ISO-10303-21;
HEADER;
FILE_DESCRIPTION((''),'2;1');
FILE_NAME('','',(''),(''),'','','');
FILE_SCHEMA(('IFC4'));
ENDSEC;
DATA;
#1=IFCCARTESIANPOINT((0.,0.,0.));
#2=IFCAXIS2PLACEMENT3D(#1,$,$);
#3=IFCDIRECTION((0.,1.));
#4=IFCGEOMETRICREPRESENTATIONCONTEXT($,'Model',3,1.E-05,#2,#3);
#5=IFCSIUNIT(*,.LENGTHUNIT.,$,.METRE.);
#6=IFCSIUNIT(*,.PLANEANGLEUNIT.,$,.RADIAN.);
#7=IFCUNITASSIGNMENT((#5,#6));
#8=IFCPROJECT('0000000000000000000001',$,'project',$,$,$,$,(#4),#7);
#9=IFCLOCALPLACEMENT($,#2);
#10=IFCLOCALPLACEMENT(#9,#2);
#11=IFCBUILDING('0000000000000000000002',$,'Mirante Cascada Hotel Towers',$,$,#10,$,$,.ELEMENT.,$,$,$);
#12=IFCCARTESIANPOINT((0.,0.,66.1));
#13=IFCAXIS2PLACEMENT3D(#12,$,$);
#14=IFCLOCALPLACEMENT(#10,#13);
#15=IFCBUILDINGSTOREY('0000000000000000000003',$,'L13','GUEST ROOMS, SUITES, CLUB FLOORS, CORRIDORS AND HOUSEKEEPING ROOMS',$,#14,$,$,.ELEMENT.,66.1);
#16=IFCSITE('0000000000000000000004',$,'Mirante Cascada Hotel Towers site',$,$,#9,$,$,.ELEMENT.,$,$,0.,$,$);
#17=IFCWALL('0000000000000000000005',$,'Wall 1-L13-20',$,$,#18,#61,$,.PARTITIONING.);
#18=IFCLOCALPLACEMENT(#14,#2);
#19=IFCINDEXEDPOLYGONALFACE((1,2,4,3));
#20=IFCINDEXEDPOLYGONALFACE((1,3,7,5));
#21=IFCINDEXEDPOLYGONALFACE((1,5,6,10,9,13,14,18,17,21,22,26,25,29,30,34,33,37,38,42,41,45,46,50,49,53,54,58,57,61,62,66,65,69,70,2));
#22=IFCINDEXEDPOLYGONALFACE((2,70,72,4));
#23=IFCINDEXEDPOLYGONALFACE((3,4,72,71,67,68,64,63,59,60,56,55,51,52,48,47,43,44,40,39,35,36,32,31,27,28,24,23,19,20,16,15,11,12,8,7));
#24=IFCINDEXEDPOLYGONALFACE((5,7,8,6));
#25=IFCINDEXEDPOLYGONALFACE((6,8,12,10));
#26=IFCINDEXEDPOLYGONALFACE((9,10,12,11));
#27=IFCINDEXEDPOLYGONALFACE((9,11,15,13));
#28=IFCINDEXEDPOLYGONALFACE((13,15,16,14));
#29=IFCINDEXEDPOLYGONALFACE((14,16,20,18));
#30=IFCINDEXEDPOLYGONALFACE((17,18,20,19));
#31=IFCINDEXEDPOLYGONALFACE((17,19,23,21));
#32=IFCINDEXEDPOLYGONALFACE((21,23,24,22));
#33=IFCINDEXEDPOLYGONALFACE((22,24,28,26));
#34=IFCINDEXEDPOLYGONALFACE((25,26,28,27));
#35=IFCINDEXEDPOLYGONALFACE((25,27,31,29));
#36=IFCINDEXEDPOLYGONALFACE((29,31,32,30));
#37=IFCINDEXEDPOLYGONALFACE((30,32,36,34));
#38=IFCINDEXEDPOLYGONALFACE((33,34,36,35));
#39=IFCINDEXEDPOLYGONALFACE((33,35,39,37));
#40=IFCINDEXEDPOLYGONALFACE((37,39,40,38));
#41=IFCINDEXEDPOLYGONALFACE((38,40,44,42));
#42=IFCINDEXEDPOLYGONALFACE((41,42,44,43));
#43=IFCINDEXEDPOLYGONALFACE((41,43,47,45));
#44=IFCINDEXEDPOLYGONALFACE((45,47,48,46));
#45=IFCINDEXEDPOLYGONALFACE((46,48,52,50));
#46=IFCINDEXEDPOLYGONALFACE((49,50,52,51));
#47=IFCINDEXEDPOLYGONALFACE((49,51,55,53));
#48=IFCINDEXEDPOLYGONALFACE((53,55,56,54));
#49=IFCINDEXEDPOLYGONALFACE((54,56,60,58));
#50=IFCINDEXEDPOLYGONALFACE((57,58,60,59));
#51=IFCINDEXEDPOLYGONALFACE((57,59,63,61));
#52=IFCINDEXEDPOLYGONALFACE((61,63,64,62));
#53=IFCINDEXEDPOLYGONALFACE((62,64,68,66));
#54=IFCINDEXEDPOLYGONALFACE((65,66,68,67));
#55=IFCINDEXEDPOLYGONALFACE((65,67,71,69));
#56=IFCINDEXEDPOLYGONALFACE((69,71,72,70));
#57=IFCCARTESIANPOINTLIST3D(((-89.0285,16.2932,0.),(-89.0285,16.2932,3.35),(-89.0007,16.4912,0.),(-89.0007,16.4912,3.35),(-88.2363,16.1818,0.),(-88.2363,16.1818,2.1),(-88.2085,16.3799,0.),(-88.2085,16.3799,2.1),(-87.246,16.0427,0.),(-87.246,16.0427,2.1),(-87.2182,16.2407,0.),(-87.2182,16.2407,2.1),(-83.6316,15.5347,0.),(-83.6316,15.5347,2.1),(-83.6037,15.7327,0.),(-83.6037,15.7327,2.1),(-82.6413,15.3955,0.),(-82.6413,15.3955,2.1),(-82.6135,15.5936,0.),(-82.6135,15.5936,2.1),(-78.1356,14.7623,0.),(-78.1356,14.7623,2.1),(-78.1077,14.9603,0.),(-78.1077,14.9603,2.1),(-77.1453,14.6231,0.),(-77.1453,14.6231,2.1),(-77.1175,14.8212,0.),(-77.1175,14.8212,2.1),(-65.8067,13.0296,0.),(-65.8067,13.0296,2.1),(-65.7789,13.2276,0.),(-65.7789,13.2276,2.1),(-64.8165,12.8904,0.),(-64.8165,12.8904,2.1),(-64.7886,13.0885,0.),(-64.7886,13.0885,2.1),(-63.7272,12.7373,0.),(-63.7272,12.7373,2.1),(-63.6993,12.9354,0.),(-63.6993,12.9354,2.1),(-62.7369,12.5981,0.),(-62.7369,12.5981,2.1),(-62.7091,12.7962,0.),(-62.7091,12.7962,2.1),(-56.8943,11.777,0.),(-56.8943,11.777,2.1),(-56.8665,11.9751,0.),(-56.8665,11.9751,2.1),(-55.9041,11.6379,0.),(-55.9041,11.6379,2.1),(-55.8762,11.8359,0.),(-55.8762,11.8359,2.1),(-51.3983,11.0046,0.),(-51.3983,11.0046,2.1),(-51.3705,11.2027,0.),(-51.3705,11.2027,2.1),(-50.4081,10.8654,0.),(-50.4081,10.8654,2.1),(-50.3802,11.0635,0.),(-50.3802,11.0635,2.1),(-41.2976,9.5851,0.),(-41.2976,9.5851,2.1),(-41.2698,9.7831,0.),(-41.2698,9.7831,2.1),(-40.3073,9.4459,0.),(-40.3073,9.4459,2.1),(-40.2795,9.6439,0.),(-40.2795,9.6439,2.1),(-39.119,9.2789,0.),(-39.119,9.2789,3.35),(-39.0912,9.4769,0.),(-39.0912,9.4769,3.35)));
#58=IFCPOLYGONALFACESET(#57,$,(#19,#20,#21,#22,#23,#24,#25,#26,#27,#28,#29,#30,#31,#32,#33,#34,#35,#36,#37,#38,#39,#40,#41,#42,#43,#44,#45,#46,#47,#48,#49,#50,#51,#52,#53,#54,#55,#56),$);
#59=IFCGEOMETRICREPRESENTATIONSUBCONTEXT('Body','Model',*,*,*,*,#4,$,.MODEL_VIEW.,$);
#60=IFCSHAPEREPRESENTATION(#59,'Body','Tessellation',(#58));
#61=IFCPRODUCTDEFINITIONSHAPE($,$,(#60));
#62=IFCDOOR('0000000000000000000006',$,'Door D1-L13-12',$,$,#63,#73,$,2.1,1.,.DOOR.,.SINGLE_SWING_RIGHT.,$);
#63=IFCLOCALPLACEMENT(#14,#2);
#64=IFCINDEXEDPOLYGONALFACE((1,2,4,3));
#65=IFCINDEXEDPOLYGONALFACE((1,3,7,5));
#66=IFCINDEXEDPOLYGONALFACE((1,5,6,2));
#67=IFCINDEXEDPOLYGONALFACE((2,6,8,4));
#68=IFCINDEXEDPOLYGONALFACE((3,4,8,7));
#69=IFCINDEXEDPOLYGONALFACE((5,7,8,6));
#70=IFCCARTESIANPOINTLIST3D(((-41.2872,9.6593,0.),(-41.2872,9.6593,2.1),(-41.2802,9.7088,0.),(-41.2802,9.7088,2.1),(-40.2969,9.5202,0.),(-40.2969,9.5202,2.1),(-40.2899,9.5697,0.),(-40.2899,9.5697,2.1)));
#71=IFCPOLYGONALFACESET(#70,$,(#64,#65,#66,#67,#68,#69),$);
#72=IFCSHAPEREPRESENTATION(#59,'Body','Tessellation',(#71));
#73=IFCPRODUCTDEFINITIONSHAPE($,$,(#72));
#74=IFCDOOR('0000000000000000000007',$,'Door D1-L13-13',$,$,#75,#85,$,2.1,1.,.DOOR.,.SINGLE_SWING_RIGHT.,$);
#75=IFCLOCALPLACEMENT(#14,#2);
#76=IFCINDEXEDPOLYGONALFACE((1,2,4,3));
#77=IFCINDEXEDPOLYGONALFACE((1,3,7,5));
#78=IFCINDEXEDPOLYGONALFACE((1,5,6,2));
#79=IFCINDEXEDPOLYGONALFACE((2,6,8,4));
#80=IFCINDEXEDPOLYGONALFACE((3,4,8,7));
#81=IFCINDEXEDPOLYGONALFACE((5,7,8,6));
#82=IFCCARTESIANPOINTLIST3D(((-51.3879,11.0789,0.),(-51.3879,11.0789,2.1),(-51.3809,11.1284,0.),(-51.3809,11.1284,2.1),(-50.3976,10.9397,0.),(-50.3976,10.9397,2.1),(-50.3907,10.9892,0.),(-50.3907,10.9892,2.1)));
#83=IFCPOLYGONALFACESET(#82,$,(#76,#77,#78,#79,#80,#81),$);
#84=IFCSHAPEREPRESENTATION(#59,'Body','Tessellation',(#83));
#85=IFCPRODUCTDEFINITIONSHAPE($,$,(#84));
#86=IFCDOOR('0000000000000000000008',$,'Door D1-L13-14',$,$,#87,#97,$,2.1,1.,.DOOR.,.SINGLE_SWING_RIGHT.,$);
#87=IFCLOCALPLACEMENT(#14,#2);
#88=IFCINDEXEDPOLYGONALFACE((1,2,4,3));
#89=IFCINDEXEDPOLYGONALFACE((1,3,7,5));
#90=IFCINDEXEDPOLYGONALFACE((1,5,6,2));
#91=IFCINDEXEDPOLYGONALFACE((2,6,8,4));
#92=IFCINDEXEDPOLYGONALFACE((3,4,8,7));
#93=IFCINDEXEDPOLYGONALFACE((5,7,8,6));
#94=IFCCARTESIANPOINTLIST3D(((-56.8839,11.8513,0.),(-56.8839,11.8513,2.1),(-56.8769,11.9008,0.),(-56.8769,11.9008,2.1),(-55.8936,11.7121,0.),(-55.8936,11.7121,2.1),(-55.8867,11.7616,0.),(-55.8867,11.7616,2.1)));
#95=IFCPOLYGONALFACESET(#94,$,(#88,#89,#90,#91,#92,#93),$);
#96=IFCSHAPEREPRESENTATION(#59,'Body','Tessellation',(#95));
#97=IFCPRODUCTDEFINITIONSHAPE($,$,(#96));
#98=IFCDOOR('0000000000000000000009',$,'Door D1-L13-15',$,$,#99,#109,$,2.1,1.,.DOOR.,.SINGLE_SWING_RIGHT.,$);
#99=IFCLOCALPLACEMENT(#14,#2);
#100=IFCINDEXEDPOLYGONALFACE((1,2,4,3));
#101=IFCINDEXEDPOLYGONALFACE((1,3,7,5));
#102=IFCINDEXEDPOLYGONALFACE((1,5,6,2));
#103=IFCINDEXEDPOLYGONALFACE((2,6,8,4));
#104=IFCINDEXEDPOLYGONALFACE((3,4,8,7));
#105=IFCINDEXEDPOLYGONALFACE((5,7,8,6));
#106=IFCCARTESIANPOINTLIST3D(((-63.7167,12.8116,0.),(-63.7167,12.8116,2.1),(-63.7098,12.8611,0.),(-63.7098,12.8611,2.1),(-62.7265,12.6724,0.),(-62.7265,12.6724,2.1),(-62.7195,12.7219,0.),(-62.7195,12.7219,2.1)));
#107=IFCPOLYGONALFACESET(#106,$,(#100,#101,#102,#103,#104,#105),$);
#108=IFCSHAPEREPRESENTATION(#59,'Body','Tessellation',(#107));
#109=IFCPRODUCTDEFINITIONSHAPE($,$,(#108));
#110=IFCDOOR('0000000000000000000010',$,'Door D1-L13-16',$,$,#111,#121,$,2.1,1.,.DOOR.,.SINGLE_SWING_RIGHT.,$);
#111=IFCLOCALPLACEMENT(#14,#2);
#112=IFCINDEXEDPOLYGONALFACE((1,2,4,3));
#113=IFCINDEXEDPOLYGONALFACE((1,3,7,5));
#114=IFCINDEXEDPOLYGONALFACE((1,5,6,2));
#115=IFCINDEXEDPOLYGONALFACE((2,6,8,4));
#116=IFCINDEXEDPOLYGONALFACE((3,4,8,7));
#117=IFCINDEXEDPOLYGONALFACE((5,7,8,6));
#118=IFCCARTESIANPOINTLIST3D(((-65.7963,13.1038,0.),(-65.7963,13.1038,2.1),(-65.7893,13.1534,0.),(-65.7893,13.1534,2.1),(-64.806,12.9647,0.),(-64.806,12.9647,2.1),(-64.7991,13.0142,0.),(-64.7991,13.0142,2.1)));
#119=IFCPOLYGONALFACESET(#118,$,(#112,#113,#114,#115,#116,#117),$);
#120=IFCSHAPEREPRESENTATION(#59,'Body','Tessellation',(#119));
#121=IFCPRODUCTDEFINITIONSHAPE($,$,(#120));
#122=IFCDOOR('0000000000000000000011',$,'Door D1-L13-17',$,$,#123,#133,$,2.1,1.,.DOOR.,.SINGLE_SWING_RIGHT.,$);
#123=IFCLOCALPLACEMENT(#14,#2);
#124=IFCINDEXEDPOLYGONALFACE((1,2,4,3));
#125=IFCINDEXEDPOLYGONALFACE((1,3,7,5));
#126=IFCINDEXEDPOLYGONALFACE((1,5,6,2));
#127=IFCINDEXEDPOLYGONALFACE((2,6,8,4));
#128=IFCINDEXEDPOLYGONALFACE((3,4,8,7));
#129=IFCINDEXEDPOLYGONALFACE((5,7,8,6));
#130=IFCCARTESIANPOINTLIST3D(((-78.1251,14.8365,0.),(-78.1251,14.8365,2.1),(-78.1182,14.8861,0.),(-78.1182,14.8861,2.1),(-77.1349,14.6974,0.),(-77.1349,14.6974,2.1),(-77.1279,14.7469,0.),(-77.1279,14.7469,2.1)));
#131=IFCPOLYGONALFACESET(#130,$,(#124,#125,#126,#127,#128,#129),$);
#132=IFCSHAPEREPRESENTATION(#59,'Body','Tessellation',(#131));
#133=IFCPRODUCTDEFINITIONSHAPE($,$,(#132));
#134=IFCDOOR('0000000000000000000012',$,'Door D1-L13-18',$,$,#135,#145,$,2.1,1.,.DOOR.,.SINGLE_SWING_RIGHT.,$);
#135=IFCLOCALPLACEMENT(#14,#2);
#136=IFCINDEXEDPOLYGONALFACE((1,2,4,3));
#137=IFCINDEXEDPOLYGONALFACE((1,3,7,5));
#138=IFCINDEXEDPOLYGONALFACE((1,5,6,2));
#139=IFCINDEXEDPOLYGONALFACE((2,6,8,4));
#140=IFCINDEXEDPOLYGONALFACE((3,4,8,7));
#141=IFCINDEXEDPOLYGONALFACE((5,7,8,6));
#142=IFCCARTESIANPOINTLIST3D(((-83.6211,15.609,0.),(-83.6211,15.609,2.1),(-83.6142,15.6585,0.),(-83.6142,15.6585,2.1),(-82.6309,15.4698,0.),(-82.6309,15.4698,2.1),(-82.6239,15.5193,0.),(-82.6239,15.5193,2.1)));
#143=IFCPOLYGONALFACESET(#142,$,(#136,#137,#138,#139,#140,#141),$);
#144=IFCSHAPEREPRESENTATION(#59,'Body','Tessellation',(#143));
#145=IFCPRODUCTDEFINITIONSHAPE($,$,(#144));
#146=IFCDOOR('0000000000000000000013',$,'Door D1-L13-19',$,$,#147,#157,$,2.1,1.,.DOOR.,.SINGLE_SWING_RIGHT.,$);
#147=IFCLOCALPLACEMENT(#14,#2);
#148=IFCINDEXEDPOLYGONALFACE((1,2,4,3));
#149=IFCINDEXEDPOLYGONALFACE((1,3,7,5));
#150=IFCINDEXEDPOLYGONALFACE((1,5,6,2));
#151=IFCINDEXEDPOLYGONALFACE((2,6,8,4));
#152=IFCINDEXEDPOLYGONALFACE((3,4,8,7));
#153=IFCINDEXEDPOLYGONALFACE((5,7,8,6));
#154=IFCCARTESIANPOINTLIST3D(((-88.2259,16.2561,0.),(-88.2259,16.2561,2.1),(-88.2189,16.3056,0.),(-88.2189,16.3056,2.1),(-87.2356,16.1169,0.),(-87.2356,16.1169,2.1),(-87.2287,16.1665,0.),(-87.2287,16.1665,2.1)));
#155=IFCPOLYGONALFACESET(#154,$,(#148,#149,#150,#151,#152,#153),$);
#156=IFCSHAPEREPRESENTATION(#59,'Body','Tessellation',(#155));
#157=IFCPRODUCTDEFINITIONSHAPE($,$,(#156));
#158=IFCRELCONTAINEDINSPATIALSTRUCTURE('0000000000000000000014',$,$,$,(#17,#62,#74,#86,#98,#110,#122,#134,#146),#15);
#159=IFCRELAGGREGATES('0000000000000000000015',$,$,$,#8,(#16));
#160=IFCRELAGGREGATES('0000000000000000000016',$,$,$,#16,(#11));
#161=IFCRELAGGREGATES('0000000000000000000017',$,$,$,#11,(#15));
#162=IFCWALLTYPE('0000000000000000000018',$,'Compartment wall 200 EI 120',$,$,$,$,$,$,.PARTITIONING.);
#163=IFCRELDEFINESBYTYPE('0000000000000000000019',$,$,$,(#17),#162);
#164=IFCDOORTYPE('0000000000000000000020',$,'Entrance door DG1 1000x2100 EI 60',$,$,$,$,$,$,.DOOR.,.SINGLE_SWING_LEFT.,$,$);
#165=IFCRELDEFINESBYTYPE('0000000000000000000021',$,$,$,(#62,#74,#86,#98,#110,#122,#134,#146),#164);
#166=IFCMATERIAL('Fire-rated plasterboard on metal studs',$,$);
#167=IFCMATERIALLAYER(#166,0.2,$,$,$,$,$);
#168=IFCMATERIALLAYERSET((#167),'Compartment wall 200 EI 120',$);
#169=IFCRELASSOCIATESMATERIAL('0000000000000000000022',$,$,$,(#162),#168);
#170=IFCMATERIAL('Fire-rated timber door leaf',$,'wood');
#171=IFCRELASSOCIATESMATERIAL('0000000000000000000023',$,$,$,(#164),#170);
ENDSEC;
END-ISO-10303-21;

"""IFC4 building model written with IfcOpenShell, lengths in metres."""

from ifc_helpers import new_model, si_unit, direction, frame, frame_2d, origin, place, context, subcontext, project, spatial, rectangle, extrude, material, layer, layer_set, type_object, element, fill, save


model = new_model("IFC4")

# Units and contexts
model_context = context("Model", 3, precision=1e-05, world=origin(), true_north=direction((0.0, 1.0)))
body_context = subcontext(model_context, "Body", "Model", "MODEL_VIEW")
ifc_project = project(units=[si_unit("LENGTHUNIT", "METRE"), si_unit("PLANEANGLEUNIT", "RADIAN")], contexts=[model_context])

# Site, building, storey
site_placement = place(None, origin())
site = spatial("IfcSite", under=ifc_project, at=site_placement, Name="Mirante Cascada Hotel Towers site", CompositionType="ELEMENT", RefElevation=0.0)
building_placement = place(site_placement, origin())
building = spatial("IfcBuilding", under=site, at=building_placement, Name="Mirante Cascada Hotel Towers", CompositionType="ELEMENT")
storey_placement = place(building_placement, frame((0.0, 0.0, 66.1)))
storey = spatial("IfcBuildingStorey", under=building, at=storey_placement, Name="L13", Description="GUEST ROOMS, SUITES, CLUB FLOORS, CORRIDORS AND HOUSEKEEPING ROOMS", CompositionType="ELEMENT", Elevation=66.1)

# Wall, openings, doors
ifc_material_1 = material(Name="Fire-rated plasterboard on metal studs")
ifc_layer_1 = layer(ifc_material_1, 0.2)
ifc_layer_set_1 = layer_set([ifc_layer_1], Name="Compartment wall 200 EI 120")
wall_type_1 = type_object("IfcWallType", Name="Compartment wall 200 EI 120", PredefinedType="PARTITIONING", material=ifc_layer_set_1)
wall_1_placement = place(storey_placement, frame((-39.1051, 9.3779, 0.0), z_axis=(0.0, 0.0, 1.0), x_axis=(-0.990268, 0.139173, 0.0)))
wall_1 = element("IfcWall", 1, at=wall_1_placement, inside=storey, type_object=wall_type_1, Name="Wall 1-L13-20", PredefinedType="PARTITIONING", context=body_context, shape_type="SweptSolid", body=[
    extrude(rectangle(XDim=50.4, YDim=0.2, at=frame_2d((25.2, 0.0))), origin(), (0.0, 0.0, 1.0), 3.35),
])
opening_1_placement = place(wall_1_placement, frame((1.2, 0.0, 0.0)))
opening_1 = element("IfcOpeningElement", 2, at=opening_1_placement, cuts=wall_1, PredefinedType="OPENING", context=body_context, shape_type="SweptSolid", body=[
    extrude(rectangle(XDim=1.0, YDim=2.1, at=frame_2d((0.5, 1.05))), frame((0.0, 0.1, 0.0), z_axis=(0.0, -1.0, 0.0), x_axis=(1.0, 0.0, 0.0)), (0.0, 0.0, 1.0), 0.2),
])
opening_2_placement = place(wall_1_placement, frame((11.4, 0.0, 0.0)))
opening_2 = element("IfcOpeningElement", 3, at=opening_2_placement, cuts=wall_1, PredefinedType="OPENING", context=body_context, shape_type="SweptSolid", body=[
    extrude(rectangle(XDim=1.0, YDim=2.1, at=frame_2d((0.5, 1.05))), frame((0.0, 0.1, 0.0), z_axis=(0.0, -1.0, 0.0), x_axis=(1.0, 0.0, 0.0)), (0.0, 0.0, 1.0), 0.2),
])
opening_3_placement = place(wall_1_placement, frame((16.95, 0.0, 0.0)))
opening_3 = element("IfcOpeningElement", 4, at=opening_3_placement, cuts=wall_1, PredefinedType="OPENING", context=body_context, shape_type="SweptSolid", body=[
    extrude(rectangle(XDim=1.0, YDim=2.1, at=frame_2d((0.5, 1.05))), frame((0.0, 0.1, 0.0), z_axis=(0.0, -1.0, 0.0), x_axis=(1.0, 0.0, 0.0)), (0.0, 0.0, 1.0), 0.2),
])
opening_4_placement = place(wall_1_placement, frame((23.85, 0.0, 0.0)))
opening_4 = element("IfcOpeningElement", 5, at=opening_4_placement, cuts=wall_1, PredefinedType="OPENING", context=body_context, shape_type="SweptSolid", body=[
    extrude(rectangle(XDim=1.0, YDim=2.1, at=frame_2d((0.5, 1.05))), frame((0.0, 0.1, 0.0), z_axis=(0.0, -1.0, 0.0), x_axis=(1.0, 0.0, 0.0)), (0.0, 0.0, 1.0), 0.2),
])
opening_5_placement = place(wall_1_placement, frame((25.95, 0.0, 0.0)))
opening_5 = element("IfcOpeningElement", 6, at=opening_5_placement, cuts=wall_1, PredefinedType="OPENING", context=body_context, shape_type="SweptSolid", body=[
    extrude(rectangle(XDim=1.0, YDim=2.1, at=frame_2d((0.5, 1.05))), frame((0.0, 0.1, 0.0), z_axis=(0.0, -1.0, 0.0), x_axis=(1.0, 0.0, 0.0)), (0.0, 0.0, 1.0), 0.2),
])
opening_6_placement = place(wall_1_placement, frame((38.4, 0.0, 0.0)))
opening_6 = element("IfcOpeningElement", 7, at=opening_6_placement, cuts=wall_1, PredefinedType="OPENING", context=body_context, shape_type="SweptSolid", body=[
    extrude(rectangle(XDim=1.0, YDim=2.1, at=frame_2d((0.5, 1.05))), frame((0.0, 0.1, 0.0), z_axis=(0.0, -1.0, 0.0), x_axis=(1.0, 0.0, 0.0)), (0.0, 0.0, 1.0), 0.2),
])
opening_7_placement = place(wall_1_placement, frame((43.95, 0.0, 0.0)))
opening_7 = element("IfcOpeningElement", 8, at=opening_7_placement, cuts=wall_1, PredefinedType="OPENING", context=body_context, shape_type="SweptSolid", body=[
    extrude(rectangle(XDim=1.0, YDim=2.1, at=frame_2d((0.5, 1.05))), frame((0.0, 0.1, 0.0), z_axis=(0.0, -1.0, 0.0), x_axis=(1.0, 0.0, 0.0)), (0.0, 0.0, 1.0), 0.2),
])
opening_8_placement = place(wall_1_placement, frame((48.6, 0.0, 0.0)))
opening_8 = element("IfcOpeningElement", 9, at=opening_8_placement, cuts=wall_1, PredefinedType="OPENING", context=body_context, shape_type="SweptSolid", body=[
    extrude(rectangle(XDim=1.0, YDim=2.1, at=frame_2d((0.5, 1.05))), frame((0.0, 0.1, 0.0), z_axis=(0.0, -1.0, 0.0), x_axis=(1.0, 0.0, 0.0)), (0.0, 0.0, 1.0), 0.2),
])
ifc_material_2 = material(Name="Fire-rated timber door leaf", Category="wood")
door_type_1 = type_object("IfcDoorType", Name="Entrance door DG1 1000x2100 EI 60", OperationType="SINGLE_SWING_LEFT", PredefinedType="DOOR", material=ifc_material_2)
door_1_placement = place(opening_1_placement, frame((1.0, 0.0, 0.0), z_axis=(0.0, 0.0, 1.0), x_axis=(-1.0, 0.0, 0.0)))
door_1 = element("IfcDoor", 10, at=door_1_placement, inside=storey, type_object=door_type_1, Name="Door D1-L13-12", OperationType="SINGLE_SWING_RIGHT", OverallHeight=2.1, OverallWidth=1.0, PredefinedType="DOOR", context=body_context, shape_type="SweptSolid", body=[
    extrude(rectangle(XDim=1.0, YDim=2.1, at=frame_2d((0.5, 1.05))), frame((0.0, 0.025, 0.0), z_axis=(0.0, -1.0, 0.0), x_axis=(1.0, 0.0, 0.0)), (0.0, 0.0, 1.0), 0.05),
])
fill(opening_1, door_1)
door_2_placement = place(opening_2_placement, frame((1.0, 0.0, 0.0), z_axis=(0.0, 0.0, 1.0), x_axis=(-1.0, 0.0, 0.0)))
door_2 = element("IfcDoor", 11, at=door_2_placement, inside=storey, type_object=door_type_1, Name="Door D1-L13-13", OperationType="SINGLE_SWING_RIGHT", OverallHeight=2.1, OverallWidth=1.0, PredefinedType="DOOR", context=body_context, shape_type="SweptSolid", body=[
    extrude(rectangle(XDim=1.0, YDim=2.1, at=frame_2d((0.5, 1.05))), frame((0.0, 0.025, 0.0), z_axis=(0.0, -1.0, 0.0), x_axis=(1.0, 0.0, 0.0)), (0.0, 0.0, 1.0), 0.05),
])
fill(opening_2, door_2)
door_3_placement = place(opening_3_placement, frame((1.0, 0.0, 0.0), z_axis=(0.0, 0.0, 1.0), x_axis=(-1.0, 0.0, 0.0)))
door_3 = element("IfcDoor", 12, at=door_3_placement, inside=storey, type_object=door_type_1, Name="Door D1-L13-14", OperationType="SINGLE_SWING_RIGHT", OverallHeight=2.1, OverallWidth=1.0, PredefinedType="DOOR", context=body_context, shape_type="SweptSolid", body=[
    extrude(rectangle(XDim=1.0, YDim=2.1, at=frame_2d((0.5, 1.05))), frame((0.0, 0.025, 0.0), z_axis=(0.0, -1.0, 0.0), x_axis=(1.0, 0.0, 0.0)), (0.0, 0.0, 1.0), 0.05),
])
fill(opening_3, door_3)
door_4_placement = place(opening_4_placement, frame((1.0, 0.0, 0.0), z_axis=(0.0, 0.0, 1.0), x_axis=(-1.0, 0.0, 0.0)))
door_4 = element("IfcDoor", 13, at=door_4_placement, inside=storey, type_object=door_type_1, Name="Door D1-L13-15", OperationType="SINGLE_SWING_RIGHT", OverallHeight=2.1, OverallWidth=1.0, PredefinedType="DOOR", context=body_context, shape_type="SweptSolid", body=[
    extrude(rectangle(XDim=1.0, YDim=2.1, at=frame_2d((0.5, 1.05))), frame((0.0, 0.025, 0.0), z_axis=(0.0, -1.0, 0.0), x_axis=(1.0, 0.0, 0.0)), (0.0, 0.0, 1.0), 0.05),
])
fill(opening_4, door_4)
door_5_placement = place(opening_5_placement, frame((1.0, 0.0, 0.0), z_axis=(0.0, 0.0, 1.0), x_axis=(-1.0, 0.0, 0.0)))
door_5 = element("IfcDoor", 14, at=door_5_placement, inside=storey, type_object=door_type_1, Name="Door D1-L13-16", OperationType="SINGLE_SWING_RIGHT", OverallHeight=2.1, OverallWidth=1.0, PredefinedType="DOOR", context=body_context, shape_type="SweptSolid", body=[
    extrude(rectangle(XDim=1.0, YDim=2.1, at=frame_2d((0.5, 1.05))), frame((0.0, 0.025, 0.0), z_axis=(0.0, -1.0, 0.0), x_axis=(1.0, 0.0, 0.0)), (0.0, 0.0, 1.0), 0.05),
])
fill(opening_5, door_5)
door_6_placement = place(opening_6_placement, frame((1.0, 0.0, 0.0), z_axis=(0.0, 0.0, 1.0), x_axis=(-1.0, 0.0, 0.0)))
door_6 = element("IfcDoor", 15, at=door_6_placement, inside=storey, type_object=door_type_1, Name="Door D1-L13-17", OperationType="SINGLE_SWING_RIGHT", OverallHeight=2.1, OverallWidth=1.0, PredefinedType="DOOR", context=body_context, shape_type="SweptSolid", body=[
    extrude(rectangle(XDim=1.0, YDim=2.1, at=frame_2d((0.5, 1.05))), frame((0.0, 0.025, 0.0), z_axis=(0.0, -1.0, 0.0), x_axis=(1.0, 0.0, 0.0)), (0.0, 0.0, 1.0), 0.05),
])
fill(opening_6, door_6)
door_7_placement = place(opening_7_placement, frame((1.0, 0.0, 0.0), z_axis=(0.0, 0.0, 1.0), x_axis=(-1.0, 0.0, 0.0)))
door_7 = element("IfcDoor", 16, at=door_7_placement, inside=storey, type_object=door_type_1, Name="Door D1-L13-18", OperationType="SINGLE_SWING_RIGHT", OverallHeight=2.1, OverallWidth=1.0, PredefinedType="DOOR", context=body_context, shape_type="SweptSolid", body=[
    extrude(rectangle(XDim=1.0, YDim=2.1, at=frame_2d((0.5, 1.05))), frame((0.0, 0.025, 0.0), z_axis=(0.0, -1.0, 0.0), x_axis=(1.0, 0.0, 0.0)), (0.0, 0.0, 1.0), 0.05),
])
fill(opening_7, door_7)
door_8_placement = place(opening_8_placement, frame((1.0, 0.0, 0.0), z_axis=(0.0, 0.0, 1.0), x_axis=(-1.0, 0.0, 0.0)))
door_8 = element("IfcDoor", 17, at=door_8_placement, inside=storey, type_object=door_type_1, Name="Door D1-L13-19", OperationType="SINGLE_SWING_RIGHT", OverallHeight=2.1, OverallWidth=1.0, PredefinedType="DOOR", context=body_context, shape_type="SweptSolid", body=[
    extrude(rectangle(XDim=1.0, YDim=2.1, at=frame_2d((0.5, 1.05))), frame((0.0, 0.025, 0.0), z_axis=(0.0, -1.0, 0.0), x_axis=(1.0, 0.0, 0.0)), (0.0, 0.0, 1.0), 0.05),
])
fill(opening_8, door_8)

save(model, "model.ifc")
